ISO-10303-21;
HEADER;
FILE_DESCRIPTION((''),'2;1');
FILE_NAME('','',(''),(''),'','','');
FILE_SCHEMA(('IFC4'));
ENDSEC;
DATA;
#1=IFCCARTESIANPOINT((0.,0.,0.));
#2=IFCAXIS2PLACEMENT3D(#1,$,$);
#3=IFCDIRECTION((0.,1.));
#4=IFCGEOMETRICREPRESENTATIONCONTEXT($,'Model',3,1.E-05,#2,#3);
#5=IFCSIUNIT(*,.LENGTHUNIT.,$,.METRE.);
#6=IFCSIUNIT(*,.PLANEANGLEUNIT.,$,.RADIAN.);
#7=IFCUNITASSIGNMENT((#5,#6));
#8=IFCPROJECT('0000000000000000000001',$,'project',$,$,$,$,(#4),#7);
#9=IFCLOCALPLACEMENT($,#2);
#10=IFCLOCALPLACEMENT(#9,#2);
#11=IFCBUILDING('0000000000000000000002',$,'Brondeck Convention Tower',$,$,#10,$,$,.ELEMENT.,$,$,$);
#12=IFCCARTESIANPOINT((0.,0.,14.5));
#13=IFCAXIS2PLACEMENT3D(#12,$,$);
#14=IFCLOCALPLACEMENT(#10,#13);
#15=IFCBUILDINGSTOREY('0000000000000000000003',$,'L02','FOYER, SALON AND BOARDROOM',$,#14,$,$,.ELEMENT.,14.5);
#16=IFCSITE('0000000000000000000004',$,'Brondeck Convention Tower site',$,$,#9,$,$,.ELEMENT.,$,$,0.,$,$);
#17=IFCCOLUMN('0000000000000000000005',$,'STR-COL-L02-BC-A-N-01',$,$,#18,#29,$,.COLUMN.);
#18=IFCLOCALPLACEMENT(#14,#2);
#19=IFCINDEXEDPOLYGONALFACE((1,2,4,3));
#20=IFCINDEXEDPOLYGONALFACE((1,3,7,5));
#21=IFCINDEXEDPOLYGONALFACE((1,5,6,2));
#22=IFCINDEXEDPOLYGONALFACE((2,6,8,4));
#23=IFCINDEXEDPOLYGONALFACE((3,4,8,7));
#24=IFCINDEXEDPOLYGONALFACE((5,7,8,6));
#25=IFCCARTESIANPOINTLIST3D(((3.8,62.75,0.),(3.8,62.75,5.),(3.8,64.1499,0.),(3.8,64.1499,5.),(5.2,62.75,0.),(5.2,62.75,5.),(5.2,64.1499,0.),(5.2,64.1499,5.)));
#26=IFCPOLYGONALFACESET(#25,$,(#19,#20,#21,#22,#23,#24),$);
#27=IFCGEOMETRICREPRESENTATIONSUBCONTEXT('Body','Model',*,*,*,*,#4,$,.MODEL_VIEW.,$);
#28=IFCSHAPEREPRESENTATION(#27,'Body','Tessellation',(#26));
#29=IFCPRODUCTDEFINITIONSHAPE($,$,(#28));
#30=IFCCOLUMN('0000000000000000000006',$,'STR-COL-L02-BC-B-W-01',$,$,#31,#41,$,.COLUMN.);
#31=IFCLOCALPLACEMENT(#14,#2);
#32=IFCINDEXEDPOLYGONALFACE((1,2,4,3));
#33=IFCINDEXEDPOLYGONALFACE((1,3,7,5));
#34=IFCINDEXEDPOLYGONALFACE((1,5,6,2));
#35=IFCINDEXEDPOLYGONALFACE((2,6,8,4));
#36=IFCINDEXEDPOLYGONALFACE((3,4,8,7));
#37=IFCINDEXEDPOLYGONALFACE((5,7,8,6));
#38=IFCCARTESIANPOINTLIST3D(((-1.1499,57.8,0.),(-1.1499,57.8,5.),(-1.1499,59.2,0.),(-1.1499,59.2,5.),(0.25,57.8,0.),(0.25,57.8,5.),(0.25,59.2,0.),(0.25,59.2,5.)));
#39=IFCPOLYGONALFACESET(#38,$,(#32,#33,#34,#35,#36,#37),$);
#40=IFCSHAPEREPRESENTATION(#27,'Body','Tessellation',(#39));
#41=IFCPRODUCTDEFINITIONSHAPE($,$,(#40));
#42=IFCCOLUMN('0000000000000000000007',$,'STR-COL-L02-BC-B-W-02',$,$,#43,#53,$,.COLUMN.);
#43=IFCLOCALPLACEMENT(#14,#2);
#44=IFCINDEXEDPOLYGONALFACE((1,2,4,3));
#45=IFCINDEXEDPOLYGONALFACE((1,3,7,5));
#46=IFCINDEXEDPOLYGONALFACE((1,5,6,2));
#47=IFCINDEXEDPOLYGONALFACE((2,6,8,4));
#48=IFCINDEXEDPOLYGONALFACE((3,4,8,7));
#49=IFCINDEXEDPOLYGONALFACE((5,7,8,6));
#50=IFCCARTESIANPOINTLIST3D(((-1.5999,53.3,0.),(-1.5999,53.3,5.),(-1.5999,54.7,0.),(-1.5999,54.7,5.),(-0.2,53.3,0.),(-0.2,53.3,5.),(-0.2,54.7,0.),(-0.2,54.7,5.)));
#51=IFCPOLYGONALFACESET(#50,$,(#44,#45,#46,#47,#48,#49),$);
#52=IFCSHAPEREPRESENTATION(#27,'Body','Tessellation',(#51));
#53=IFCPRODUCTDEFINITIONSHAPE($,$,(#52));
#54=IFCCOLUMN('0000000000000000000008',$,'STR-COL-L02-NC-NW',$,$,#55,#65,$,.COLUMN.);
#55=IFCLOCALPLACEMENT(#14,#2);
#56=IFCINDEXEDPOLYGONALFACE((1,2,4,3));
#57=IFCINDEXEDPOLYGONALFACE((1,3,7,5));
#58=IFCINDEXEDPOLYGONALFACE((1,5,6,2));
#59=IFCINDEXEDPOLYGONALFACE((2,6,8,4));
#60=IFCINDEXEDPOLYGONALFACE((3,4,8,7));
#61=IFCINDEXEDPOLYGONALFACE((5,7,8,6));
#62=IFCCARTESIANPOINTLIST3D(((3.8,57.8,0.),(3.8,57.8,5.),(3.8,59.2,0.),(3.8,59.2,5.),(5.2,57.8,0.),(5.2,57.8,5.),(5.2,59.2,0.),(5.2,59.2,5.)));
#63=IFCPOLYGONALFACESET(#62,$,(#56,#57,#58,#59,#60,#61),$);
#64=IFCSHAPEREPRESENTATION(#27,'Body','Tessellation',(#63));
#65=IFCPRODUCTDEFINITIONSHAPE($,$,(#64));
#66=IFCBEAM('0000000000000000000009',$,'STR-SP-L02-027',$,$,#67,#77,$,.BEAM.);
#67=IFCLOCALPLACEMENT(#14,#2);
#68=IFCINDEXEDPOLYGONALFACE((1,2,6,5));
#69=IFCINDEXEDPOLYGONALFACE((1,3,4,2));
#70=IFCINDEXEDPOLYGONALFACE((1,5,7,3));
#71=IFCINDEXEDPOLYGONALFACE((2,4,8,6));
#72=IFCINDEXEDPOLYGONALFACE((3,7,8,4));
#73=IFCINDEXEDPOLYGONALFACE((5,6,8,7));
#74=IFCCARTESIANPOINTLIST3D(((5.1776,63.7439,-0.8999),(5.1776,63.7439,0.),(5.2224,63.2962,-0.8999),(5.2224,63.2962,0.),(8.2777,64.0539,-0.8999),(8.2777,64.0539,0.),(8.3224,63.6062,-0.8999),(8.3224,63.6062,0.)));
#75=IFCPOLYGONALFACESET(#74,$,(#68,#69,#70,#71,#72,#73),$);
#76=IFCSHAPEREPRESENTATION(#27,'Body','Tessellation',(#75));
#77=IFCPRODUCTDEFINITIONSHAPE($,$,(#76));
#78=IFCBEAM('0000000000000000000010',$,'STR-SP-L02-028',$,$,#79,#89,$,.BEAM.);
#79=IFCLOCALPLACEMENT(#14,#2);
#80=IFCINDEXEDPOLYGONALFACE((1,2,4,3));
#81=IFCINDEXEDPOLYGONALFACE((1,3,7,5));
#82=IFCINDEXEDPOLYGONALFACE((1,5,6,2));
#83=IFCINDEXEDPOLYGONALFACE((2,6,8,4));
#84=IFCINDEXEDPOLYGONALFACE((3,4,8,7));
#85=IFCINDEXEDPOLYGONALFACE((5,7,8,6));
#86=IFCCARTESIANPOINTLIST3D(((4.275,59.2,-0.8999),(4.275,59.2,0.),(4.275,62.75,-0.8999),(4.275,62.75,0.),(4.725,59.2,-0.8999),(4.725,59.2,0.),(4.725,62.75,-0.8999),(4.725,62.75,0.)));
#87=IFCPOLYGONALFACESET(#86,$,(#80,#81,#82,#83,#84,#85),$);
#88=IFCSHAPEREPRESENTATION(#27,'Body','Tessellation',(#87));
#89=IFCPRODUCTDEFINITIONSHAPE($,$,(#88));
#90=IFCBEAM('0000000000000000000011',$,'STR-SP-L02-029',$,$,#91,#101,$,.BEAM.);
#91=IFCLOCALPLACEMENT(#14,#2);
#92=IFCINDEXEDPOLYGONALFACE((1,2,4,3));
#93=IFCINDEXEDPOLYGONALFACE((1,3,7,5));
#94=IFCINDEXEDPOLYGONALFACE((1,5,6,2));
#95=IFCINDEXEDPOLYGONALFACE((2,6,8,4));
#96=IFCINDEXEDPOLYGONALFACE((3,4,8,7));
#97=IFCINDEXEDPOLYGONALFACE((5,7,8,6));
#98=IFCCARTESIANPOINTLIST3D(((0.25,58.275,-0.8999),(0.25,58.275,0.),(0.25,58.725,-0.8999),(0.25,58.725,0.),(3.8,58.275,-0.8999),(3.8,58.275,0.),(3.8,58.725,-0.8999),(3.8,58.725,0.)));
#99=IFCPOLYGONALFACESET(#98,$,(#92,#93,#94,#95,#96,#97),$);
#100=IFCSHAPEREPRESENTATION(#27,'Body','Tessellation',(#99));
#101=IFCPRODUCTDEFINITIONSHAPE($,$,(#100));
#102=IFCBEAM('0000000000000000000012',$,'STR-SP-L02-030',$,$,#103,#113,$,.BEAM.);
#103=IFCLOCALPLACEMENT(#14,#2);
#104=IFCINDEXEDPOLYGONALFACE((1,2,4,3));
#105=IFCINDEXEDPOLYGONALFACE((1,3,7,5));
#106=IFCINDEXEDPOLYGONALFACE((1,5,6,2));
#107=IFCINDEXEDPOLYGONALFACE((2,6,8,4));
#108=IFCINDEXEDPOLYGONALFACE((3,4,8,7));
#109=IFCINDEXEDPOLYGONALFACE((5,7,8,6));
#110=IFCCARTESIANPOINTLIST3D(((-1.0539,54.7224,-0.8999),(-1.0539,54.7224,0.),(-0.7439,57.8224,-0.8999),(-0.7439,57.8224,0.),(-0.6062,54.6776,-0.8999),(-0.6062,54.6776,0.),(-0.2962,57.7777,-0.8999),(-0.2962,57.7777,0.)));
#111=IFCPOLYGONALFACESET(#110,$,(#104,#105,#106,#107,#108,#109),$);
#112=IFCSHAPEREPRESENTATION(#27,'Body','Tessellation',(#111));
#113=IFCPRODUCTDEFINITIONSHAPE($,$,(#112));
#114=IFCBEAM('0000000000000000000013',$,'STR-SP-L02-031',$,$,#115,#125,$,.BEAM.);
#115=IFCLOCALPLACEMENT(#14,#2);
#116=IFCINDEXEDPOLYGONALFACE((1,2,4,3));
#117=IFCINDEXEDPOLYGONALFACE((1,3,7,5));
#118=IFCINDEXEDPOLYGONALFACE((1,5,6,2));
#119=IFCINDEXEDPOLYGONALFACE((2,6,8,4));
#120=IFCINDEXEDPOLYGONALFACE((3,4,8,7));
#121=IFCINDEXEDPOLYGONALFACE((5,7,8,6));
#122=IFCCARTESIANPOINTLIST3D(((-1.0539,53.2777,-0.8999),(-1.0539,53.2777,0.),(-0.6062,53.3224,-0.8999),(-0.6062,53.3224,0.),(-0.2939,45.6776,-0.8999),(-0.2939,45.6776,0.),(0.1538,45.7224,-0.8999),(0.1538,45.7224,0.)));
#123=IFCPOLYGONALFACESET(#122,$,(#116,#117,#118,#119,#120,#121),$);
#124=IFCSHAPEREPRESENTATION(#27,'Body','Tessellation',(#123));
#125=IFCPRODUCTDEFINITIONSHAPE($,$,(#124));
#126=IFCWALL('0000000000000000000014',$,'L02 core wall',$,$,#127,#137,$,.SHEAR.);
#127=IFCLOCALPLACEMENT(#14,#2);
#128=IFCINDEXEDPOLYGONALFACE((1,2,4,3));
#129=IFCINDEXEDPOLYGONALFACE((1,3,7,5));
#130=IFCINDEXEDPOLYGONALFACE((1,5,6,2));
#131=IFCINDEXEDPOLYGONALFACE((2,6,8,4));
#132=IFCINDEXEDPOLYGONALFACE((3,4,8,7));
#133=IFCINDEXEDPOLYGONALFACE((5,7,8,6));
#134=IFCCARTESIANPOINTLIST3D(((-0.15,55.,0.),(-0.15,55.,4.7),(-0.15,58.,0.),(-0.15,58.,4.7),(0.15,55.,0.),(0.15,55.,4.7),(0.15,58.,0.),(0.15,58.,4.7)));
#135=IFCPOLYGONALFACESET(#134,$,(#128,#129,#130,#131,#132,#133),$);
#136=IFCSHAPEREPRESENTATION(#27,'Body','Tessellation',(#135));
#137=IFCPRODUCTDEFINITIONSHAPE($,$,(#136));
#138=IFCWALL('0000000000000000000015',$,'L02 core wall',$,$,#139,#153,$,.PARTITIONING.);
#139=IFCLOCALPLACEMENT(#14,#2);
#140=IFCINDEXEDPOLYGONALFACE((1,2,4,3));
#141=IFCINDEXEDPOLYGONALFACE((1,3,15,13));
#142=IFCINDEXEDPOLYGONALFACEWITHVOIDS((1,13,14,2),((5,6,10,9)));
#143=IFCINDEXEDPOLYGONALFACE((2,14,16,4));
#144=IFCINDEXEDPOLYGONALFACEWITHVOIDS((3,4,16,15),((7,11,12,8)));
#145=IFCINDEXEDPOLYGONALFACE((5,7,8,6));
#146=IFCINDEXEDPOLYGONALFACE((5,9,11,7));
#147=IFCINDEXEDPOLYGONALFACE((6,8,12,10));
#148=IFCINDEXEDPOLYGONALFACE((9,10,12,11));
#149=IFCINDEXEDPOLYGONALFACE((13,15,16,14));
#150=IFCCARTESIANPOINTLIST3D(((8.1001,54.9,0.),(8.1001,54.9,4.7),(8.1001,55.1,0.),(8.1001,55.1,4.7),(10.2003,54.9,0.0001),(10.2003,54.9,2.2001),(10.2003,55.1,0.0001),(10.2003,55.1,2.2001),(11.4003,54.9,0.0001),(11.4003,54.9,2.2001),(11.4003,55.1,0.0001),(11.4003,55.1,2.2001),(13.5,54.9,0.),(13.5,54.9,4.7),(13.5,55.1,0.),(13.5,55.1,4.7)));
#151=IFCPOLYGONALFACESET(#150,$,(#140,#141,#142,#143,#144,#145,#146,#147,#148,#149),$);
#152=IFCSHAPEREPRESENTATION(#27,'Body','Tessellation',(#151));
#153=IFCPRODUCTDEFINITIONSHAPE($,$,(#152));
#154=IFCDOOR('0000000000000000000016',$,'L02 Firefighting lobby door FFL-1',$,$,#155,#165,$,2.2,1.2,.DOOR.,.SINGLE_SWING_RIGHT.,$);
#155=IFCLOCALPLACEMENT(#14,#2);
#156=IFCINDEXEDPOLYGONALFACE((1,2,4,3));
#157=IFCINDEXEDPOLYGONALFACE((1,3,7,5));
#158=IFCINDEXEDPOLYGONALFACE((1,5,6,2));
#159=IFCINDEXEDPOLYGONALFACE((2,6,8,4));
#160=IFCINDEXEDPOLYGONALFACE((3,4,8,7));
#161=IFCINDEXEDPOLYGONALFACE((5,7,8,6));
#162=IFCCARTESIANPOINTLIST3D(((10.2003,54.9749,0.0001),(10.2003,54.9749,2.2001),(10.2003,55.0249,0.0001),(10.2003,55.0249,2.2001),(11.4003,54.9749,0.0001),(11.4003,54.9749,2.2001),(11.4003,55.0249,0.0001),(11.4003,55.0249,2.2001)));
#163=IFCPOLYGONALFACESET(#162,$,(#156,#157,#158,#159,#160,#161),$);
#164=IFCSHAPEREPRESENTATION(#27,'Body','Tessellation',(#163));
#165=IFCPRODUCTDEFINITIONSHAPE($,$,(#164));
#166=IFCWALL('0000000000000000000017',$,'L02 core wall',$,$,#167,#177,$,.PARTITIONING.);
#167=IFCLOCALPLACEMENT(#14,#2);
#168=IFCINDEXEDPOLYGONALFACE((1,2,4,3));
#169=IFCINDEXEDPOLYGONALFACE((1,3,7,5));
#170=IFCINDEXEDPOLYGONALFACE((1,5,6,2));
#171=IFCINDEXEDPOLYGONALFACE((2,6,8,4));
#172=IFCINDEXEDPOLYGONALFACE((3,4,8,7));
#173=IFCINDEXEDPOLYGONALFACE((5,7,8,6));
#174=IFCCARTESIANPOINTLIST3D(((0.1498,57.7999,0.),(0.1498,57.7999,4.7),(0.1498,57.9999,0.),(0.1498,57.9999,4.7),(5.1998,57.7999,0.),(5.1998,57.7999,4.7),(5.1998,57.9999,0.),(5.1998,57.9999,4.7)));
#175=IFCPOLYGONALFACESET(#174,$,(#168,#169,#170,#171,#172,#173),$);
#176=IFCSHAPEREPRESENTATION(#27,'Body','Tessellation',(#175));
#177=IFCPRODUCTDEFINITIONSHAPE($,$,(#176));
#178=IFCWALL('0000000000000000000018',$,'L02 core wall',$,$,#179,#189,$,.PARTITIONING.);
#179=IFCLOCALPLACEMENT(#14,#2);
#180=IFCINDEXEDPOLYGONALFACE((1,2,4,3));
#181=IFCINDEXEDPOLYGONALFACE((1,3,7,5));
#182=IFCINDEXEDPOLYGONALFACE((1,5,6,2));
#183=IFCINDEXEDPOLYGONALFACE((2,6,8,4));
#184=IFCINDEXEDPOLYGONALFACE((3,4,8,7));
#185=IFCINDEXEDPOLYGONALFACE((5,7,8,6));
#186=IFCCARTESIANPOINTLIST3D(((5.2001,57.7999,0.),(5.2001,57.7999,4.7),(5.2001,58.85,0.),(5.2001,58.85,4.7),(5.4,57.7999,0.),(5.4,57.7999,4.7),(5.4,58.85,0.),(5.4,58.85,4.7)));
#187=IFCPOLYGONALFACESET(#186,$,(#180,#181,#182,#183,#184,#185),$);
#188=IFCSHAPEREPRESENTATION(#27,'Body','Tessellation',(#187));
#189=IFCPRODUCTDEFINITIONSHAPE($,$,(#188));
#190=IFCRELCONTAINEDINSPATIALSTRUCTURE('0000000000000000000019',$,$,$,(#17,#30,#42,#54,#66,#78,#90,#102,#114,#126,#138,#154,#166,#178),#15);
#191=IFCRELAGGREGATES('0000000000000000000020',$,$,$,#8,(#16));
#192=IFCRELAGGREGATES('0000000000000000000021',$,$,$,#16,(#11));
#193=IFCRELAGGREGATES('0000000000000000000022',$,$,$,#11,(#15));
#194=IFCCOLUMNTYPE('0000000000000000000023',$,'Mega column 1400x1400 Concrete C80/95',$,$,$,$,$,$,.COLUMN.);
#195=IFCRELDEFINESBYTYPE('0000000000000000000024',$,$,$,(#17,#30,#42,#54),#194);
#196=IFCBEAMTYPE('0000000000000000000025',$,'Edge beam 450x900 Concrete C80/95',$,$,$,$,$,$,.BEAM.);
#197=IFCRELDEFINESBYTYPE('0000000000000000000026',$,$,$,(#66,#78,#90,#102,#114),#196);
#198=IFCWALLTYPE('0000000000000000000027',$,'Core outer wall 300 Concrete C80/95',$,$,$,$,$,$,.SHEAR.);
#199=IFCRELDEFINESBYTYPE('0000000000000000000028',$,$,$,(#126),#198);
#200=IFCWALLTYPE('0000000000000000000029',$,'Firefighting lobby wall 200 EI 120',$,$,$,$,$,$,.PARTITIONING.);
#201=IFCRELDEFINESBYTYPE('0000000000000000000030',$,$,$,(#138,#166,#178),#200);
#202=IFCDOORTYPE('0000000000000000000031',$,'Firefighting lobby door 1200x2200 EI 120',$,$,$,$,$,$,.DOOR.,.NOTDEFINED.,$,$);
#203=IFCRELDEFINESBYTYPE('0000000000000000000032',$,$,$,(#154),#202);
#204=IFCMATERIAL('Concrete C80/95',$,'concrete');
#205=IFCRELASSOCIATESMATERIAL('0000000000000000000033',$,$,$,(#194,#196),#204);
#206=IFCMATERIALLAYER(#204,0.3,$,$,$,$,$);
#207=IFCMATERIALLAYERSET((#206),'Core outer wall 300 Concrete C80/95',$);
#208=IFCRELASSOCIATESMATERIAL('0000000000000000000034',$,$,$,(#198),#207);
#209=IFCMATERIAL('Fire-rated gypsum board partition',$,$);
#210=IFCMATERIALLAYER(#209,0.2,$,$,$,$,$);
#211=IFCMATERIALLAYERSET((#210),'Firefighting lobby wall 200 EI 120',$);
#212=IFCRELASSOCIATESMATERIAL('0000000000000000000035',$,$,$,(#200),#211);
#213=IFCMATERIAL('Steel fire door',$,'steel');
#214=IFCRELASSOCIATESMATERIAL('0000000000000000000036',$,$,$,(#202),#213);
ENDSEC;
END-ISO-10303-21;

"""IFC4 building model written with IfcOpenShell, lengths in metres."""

from ifc_helpers import new_model, si_unit, direction, frame, frame_2d, origin, origin_2d, place, context, subcontext, project, spatial, rectangle, extrude, material, layer, layer_set, material_profile, profile_set, type_object, element, fill, save


model = new_model("IFC4")

# Units and contexts
model_context = context("Model", 3, precision=1e-05, world=origin(), true_north=direction((0.0, 1.0)))
body_context = subcontext(model_context, "Body", "Model", "MODEL_VIEW")
ifc_project = project(units=[si_unit("LENGTHUNIT", "METRE"), si_unit("PLANEANGLEUNIT", "RADIAN")], contexts=[model_context])

# Site, building, storey
site_placement = place(None, origin())
site = spatial("IfcSite", under=ifc_project, at=site_placement, Name="Brondeck Convention Tower site", CompositionType="ELEMENT", RefElevation=0.0)
building_placement = place(site_placement, origin())
building = spatial("IfcBuilding", under=site, at=building_placement, Name="Brondeck Convention Tower", CompositionType="ELEMENT")
storey_placement = place(building_placement, frame((0.0, 0.0, 14.5)))
storey = spatial("IfcBuildingStorey", under=building, at=storey_placement, Name="L02", Description="FOYER, SALON AND BOARDROOM", CompositionType="ELEMENT", Elevation=14.5)

# Columns
ifc_material_1 = material(Name="Concrete C80/95", Category="concrete")
ifc_material_profile_1 = material_profile(ifc_material_1, rectangle(XDim=1.3999, YDim=1.3999, at=origin_2d()), Name="Mega column 1400x1400 Concrete C80/95")
ifc_profile_set_1 = profile_set([ifc_material_profile_1], Name="Concrete C80/95")
column_type = type_object("IfcColumnType", Name="Mega column 1400x1400 Concrete C80/95", PredefinedType="COLUMN", material=ifc_profile_set_1)
for number, where, z_axis, x_axis, name in (
    (1, (4.5, 63.45, 0.0), (0.0, 0.0, 1.0), (1.0, 0.0, 0.0), "STR-COL-L02-BC-A-N-01"),
    (2, (-0.45, 58.5, 0.0), (0.0, 0.0, 1.0), (1.0, 0.0, 0.0), "STR-COL-L02-BC-B-W-01"),
    (3, (-0.8999, 54.0, 0.0), (0.0, 0.0, 1.0), (1.0, 0.0, 0.0), "STR-COL-L02-BC-B-W-02"),
    (4, (4.5, 58.5, 0.0), (0.0, 0.0, 1.0), (1.0, 0.0, 0.0), "STR-COL-L02-NC-NW"),
):
    element("IfcColumn", number, at=place(storey_placement, frame(where, z_axis=z_axis, x_axis=x_axis)), inside=storey, type_object=column_type, Name=name, PredefinedType="COLUMN", context=body_context, shape_type="SweptSolid", body=[
        extrude(rectangle(XDim=1.3999, YDim=1.3999, at=origin_2d()), origin(), (0.0, 0.0, 1.0), 5.0),
    ])

# Beams
ifc_material_profile_2 = material_profile(ifc_material_1, rectangle(XDim=0.45, YDim=0.8999, at=origin_2d()), Name="Edge beam 450x900 Concrete C80/95")
ifc_profile_set_2 = profile_set([ifc_material_profile_2], Name="Concrete C80/95")
beam_type = type_object("IfcBeamType", Name="Edge beam 450x900 Concrete C80/95", PredefinedType="BEAM", material=ifc_profile_set_2)
beam_1_placement = place(storey_placement, frame((8.3, 63.8301, -0.45), z_axis=(-0.995036, -0.099519, 0.0), x_axis=(0.099519, -0.995036, 0.0)))
element("IfcBeam", 5, at=beam_1_placement, inside=storey, type_object=beam_type, Name="STR-SP-L02-027", PredefinedType="BEAM", context=body_context, shape_type="SweptSolid", body=[
    extrude(rectangle(XDim=0.45, YDim=0.8999, at=origin_2d()), origin(), (0.0, 0.0, 1.0), 3.1155),
])
for number, where, z_axis, x_axis, name in (
    (6, (4.5, 62.75, -0.45), (0.0, -1.0, 0.0), (1.0, 0.0, 0.0), "STR-SP-L02-028"),
    (7, (3.8, 58.5, -0.45), (-1.0, 0.0, 0.0), (0.0, -1.0, 0.0), "STR-SP-L02-029"),
):
    element("IfcBeam", number, at=place(storey_placement, frame(where, z_axis=z_axis, x_axis=x_axis)), inside=storey, type_object=beam_type, Name=name, PredefinedType="BEAM", context=body_context, shape_type="SweptSolid", body=[
        extrude(rectangle(XDim=0.45, YDim=0.8999, at=origin_2d()), origin(), (0.0, 0.0, 1.0), 3.55),
    ])
beam_2_placement = place(storey_placement, frame((-0.52, 57.8, -0.45), z_axis=(-0.099519, -0.995036, 0.0), x_axis=(0.995036, -0.099519, 0.0)))
element("IfcBeam", 8, at=beam_2_placement, inside=storey, type_object=beam_type, Name="STR-SP-L02-030", PredefinedType="BEAM", context=body_context, shape_type="SweptSolid", body=[
    extrude(rectangle(XDim=0.45, YDim=0.8999, at=origin_2d()), origin(), (0.0, 0.0, 1.0), 3.1155),
])
beam_3_placement = place(storey_placement, frame((-0.8301, 53.3, -0.45), z_axis=(0.099504, -0.995037, 0.0), x_axis=(0.995037, 0.099504, 0.0)))
element("IfcBeam", 9, at=beam_3_placement, inside=storey, type_object=beam_type, Name="STR-SP-L02-031", PredefinedType="BEAM", context=body_context, shape_type="SweptSolid", body=[
    extrude(rectangle(XDim=0.45, YDim=0.8999, at=origin_2d()), origin(), (0.0, 0.0, 1.0), 7.6379),
])

# Wall
ifc_layer_1 = layer(ifc_material_1, 0.3)
ifc_layer_set_1 = layer_set([ifc_layer_1], Name="Core outer wall 300 Concrete C80/95")
wall_type_1 = type_object("IfcWallType", Name="Core outer wall 300 Concrete C80/95", PredefinedType="SHEAR", material=ifc_layer_set_1)
wall_1_placement = place(storey_placement, frame((0.0, 55.0, 0.0), z_axis=(0.0, 0.0, 1.0), x_axis=(0.0, 1.0, 0.0)))
element("IfcWall", 10, at=wall_1_placement, inside=storey, type_object=wall_type_1, Name="L02 core wall", PredefinedType="SHEAR", context=body_context, shape_type="SweptSolid", body=[
    extrude(rectangle(XDim=3.0, YDim=0.3, at=frame_2d((1.5, 0.0))), origin(), (0.0, 0.0, 1.0), 4.7),
])

# Wall, opening, door
ifc_material_2 = material(Name="Fire-rated gypsum board partition")
ifc_layer_2 = layer(ifc_material_2, 0.2)
ifc_layer_set_2 = layer_set([ifc_layer_2], Name="Firefighting lobby wall 200 EI 120")
wall_type_2 = type_object("IfcWallType", Name="Firefighting lobby wall 200 EI 120", PredefinedType="PARTITIONING", material=ifc_layer_set_2)
wall_2_placement = place(storey_placement, frame((8.1001, 55.0, 0.0), z_axis=(0.0, 0.0, 1.0), x_axis=(1.0, 0.0, 0.0)))
wall_2 = element("IfcWall", 11, at=wall_2_placement, inside=storey, type_object=wall_type_2, Name="L02 core wall", PredefinedType="PARTITIONING", context=body_context, shape_type="SweptSolid", body=[
    extrude(rectangle(XDim=5.3999, YDim=0.2, at=frame_2d((2.7, 0.0))), origin(), (0.0, 0.0, 1.0), 4.7),
])
opening_1_placement = place(wall_2_placement, frame((2.1001, 0.0, 0.0)))
opening_1 = element("IfcOpeningElement", 12, at=opening_1_placement, cuts=wall_2, PredefinedType="OPENING", context=body_context, shape_type="SweptSolid", body=[
    extrude(rectangle(XDim=1.2, YDim=2.2, at=frame_2d((0.6001, 1.1001))), frame((0.0, 0.1099, 0.0), z_axis=(0.0, -1.0, 0.0), x_axis=(1.0, 0.0, 0.0)), (0.0, 0.0, 1.0), 0.22),
])
ifc_material_3 = material(Name="Steel fire door", Category="steel")
door_type_1 = type_object("IfcDoorType", Name="Firefighting lobby door 1200x2200 EI 120", OperationType="NOTDEFINED", PredefinedType="DOOR", material=ifc_material_3)
door_1_placement = place(opening_1_placement, origin())
door_1 = element("IfcDoor", 13, at=door_1_placement, inside=storey, type_object=door_type_1, Name="L02 Firefighting lobby door FFL-1", OperationType="SINGLE_SWING_RIGHT", OverallHeight=2.2, OverallWidth=1.2, PredefinedType="DOOR", context=body_context, shape_type="SweptSolid", body=[
    extrude(rectangle(XDim=1.2, YDim=2.2, at=frame_2d((0.6001, 1.1001))), frame((0.0, 0.0249, 0.0), z_axis=(0.0, -1.0, 0.0), x_axis=(1.0, 0.0, 0.0)), (0.0, 0.0, 1.0), 0.05),
])
fill(opening_1, door_1)

# Walls
wall_3_placement = place(storey_placement, frame((0.1499, 57.8999, 0.0), z_axis=(0.0, 0.0, 1.0), x_axis=(1.0, 0.0, 0.0)))
element("IfcWall", 14, at=wall_3_placement, inside=storey, type_object=wall_type_2, Name="L02 core wall", PredefinedType="PARTITIONING", context=body_context, shape_type="SweptSolid", body=[
    extrude(rectangle(XDim=5.05, YDim=0.2, at=frame_2d((2.5249, 0.0))), origin(), (0.0, 0.0, 1.0), 4.7),
])
wall_4_placement = place(storey_placement, frame((5.3, 57.8, 0.0), z_axis=(0.0, 0.0, 1.0), x_axis=(0.0, 1.0, 0.0)))
element("IfcWall", 15, at=wall_4_placement, inside=storey, type_object=wall_type_2, Name="L02 core wall", PredefinedType="PARTITIONING", context=body_context, shape_type="SweptSolid", body=[
    extrude(rectangle(XDim=1.05, YDim=0.2, at=frame_2d((0.5249, 0.0))), origin(), (0.0, 0.0, 1.0), 4.7),
])

save(model, "model.ifc")
